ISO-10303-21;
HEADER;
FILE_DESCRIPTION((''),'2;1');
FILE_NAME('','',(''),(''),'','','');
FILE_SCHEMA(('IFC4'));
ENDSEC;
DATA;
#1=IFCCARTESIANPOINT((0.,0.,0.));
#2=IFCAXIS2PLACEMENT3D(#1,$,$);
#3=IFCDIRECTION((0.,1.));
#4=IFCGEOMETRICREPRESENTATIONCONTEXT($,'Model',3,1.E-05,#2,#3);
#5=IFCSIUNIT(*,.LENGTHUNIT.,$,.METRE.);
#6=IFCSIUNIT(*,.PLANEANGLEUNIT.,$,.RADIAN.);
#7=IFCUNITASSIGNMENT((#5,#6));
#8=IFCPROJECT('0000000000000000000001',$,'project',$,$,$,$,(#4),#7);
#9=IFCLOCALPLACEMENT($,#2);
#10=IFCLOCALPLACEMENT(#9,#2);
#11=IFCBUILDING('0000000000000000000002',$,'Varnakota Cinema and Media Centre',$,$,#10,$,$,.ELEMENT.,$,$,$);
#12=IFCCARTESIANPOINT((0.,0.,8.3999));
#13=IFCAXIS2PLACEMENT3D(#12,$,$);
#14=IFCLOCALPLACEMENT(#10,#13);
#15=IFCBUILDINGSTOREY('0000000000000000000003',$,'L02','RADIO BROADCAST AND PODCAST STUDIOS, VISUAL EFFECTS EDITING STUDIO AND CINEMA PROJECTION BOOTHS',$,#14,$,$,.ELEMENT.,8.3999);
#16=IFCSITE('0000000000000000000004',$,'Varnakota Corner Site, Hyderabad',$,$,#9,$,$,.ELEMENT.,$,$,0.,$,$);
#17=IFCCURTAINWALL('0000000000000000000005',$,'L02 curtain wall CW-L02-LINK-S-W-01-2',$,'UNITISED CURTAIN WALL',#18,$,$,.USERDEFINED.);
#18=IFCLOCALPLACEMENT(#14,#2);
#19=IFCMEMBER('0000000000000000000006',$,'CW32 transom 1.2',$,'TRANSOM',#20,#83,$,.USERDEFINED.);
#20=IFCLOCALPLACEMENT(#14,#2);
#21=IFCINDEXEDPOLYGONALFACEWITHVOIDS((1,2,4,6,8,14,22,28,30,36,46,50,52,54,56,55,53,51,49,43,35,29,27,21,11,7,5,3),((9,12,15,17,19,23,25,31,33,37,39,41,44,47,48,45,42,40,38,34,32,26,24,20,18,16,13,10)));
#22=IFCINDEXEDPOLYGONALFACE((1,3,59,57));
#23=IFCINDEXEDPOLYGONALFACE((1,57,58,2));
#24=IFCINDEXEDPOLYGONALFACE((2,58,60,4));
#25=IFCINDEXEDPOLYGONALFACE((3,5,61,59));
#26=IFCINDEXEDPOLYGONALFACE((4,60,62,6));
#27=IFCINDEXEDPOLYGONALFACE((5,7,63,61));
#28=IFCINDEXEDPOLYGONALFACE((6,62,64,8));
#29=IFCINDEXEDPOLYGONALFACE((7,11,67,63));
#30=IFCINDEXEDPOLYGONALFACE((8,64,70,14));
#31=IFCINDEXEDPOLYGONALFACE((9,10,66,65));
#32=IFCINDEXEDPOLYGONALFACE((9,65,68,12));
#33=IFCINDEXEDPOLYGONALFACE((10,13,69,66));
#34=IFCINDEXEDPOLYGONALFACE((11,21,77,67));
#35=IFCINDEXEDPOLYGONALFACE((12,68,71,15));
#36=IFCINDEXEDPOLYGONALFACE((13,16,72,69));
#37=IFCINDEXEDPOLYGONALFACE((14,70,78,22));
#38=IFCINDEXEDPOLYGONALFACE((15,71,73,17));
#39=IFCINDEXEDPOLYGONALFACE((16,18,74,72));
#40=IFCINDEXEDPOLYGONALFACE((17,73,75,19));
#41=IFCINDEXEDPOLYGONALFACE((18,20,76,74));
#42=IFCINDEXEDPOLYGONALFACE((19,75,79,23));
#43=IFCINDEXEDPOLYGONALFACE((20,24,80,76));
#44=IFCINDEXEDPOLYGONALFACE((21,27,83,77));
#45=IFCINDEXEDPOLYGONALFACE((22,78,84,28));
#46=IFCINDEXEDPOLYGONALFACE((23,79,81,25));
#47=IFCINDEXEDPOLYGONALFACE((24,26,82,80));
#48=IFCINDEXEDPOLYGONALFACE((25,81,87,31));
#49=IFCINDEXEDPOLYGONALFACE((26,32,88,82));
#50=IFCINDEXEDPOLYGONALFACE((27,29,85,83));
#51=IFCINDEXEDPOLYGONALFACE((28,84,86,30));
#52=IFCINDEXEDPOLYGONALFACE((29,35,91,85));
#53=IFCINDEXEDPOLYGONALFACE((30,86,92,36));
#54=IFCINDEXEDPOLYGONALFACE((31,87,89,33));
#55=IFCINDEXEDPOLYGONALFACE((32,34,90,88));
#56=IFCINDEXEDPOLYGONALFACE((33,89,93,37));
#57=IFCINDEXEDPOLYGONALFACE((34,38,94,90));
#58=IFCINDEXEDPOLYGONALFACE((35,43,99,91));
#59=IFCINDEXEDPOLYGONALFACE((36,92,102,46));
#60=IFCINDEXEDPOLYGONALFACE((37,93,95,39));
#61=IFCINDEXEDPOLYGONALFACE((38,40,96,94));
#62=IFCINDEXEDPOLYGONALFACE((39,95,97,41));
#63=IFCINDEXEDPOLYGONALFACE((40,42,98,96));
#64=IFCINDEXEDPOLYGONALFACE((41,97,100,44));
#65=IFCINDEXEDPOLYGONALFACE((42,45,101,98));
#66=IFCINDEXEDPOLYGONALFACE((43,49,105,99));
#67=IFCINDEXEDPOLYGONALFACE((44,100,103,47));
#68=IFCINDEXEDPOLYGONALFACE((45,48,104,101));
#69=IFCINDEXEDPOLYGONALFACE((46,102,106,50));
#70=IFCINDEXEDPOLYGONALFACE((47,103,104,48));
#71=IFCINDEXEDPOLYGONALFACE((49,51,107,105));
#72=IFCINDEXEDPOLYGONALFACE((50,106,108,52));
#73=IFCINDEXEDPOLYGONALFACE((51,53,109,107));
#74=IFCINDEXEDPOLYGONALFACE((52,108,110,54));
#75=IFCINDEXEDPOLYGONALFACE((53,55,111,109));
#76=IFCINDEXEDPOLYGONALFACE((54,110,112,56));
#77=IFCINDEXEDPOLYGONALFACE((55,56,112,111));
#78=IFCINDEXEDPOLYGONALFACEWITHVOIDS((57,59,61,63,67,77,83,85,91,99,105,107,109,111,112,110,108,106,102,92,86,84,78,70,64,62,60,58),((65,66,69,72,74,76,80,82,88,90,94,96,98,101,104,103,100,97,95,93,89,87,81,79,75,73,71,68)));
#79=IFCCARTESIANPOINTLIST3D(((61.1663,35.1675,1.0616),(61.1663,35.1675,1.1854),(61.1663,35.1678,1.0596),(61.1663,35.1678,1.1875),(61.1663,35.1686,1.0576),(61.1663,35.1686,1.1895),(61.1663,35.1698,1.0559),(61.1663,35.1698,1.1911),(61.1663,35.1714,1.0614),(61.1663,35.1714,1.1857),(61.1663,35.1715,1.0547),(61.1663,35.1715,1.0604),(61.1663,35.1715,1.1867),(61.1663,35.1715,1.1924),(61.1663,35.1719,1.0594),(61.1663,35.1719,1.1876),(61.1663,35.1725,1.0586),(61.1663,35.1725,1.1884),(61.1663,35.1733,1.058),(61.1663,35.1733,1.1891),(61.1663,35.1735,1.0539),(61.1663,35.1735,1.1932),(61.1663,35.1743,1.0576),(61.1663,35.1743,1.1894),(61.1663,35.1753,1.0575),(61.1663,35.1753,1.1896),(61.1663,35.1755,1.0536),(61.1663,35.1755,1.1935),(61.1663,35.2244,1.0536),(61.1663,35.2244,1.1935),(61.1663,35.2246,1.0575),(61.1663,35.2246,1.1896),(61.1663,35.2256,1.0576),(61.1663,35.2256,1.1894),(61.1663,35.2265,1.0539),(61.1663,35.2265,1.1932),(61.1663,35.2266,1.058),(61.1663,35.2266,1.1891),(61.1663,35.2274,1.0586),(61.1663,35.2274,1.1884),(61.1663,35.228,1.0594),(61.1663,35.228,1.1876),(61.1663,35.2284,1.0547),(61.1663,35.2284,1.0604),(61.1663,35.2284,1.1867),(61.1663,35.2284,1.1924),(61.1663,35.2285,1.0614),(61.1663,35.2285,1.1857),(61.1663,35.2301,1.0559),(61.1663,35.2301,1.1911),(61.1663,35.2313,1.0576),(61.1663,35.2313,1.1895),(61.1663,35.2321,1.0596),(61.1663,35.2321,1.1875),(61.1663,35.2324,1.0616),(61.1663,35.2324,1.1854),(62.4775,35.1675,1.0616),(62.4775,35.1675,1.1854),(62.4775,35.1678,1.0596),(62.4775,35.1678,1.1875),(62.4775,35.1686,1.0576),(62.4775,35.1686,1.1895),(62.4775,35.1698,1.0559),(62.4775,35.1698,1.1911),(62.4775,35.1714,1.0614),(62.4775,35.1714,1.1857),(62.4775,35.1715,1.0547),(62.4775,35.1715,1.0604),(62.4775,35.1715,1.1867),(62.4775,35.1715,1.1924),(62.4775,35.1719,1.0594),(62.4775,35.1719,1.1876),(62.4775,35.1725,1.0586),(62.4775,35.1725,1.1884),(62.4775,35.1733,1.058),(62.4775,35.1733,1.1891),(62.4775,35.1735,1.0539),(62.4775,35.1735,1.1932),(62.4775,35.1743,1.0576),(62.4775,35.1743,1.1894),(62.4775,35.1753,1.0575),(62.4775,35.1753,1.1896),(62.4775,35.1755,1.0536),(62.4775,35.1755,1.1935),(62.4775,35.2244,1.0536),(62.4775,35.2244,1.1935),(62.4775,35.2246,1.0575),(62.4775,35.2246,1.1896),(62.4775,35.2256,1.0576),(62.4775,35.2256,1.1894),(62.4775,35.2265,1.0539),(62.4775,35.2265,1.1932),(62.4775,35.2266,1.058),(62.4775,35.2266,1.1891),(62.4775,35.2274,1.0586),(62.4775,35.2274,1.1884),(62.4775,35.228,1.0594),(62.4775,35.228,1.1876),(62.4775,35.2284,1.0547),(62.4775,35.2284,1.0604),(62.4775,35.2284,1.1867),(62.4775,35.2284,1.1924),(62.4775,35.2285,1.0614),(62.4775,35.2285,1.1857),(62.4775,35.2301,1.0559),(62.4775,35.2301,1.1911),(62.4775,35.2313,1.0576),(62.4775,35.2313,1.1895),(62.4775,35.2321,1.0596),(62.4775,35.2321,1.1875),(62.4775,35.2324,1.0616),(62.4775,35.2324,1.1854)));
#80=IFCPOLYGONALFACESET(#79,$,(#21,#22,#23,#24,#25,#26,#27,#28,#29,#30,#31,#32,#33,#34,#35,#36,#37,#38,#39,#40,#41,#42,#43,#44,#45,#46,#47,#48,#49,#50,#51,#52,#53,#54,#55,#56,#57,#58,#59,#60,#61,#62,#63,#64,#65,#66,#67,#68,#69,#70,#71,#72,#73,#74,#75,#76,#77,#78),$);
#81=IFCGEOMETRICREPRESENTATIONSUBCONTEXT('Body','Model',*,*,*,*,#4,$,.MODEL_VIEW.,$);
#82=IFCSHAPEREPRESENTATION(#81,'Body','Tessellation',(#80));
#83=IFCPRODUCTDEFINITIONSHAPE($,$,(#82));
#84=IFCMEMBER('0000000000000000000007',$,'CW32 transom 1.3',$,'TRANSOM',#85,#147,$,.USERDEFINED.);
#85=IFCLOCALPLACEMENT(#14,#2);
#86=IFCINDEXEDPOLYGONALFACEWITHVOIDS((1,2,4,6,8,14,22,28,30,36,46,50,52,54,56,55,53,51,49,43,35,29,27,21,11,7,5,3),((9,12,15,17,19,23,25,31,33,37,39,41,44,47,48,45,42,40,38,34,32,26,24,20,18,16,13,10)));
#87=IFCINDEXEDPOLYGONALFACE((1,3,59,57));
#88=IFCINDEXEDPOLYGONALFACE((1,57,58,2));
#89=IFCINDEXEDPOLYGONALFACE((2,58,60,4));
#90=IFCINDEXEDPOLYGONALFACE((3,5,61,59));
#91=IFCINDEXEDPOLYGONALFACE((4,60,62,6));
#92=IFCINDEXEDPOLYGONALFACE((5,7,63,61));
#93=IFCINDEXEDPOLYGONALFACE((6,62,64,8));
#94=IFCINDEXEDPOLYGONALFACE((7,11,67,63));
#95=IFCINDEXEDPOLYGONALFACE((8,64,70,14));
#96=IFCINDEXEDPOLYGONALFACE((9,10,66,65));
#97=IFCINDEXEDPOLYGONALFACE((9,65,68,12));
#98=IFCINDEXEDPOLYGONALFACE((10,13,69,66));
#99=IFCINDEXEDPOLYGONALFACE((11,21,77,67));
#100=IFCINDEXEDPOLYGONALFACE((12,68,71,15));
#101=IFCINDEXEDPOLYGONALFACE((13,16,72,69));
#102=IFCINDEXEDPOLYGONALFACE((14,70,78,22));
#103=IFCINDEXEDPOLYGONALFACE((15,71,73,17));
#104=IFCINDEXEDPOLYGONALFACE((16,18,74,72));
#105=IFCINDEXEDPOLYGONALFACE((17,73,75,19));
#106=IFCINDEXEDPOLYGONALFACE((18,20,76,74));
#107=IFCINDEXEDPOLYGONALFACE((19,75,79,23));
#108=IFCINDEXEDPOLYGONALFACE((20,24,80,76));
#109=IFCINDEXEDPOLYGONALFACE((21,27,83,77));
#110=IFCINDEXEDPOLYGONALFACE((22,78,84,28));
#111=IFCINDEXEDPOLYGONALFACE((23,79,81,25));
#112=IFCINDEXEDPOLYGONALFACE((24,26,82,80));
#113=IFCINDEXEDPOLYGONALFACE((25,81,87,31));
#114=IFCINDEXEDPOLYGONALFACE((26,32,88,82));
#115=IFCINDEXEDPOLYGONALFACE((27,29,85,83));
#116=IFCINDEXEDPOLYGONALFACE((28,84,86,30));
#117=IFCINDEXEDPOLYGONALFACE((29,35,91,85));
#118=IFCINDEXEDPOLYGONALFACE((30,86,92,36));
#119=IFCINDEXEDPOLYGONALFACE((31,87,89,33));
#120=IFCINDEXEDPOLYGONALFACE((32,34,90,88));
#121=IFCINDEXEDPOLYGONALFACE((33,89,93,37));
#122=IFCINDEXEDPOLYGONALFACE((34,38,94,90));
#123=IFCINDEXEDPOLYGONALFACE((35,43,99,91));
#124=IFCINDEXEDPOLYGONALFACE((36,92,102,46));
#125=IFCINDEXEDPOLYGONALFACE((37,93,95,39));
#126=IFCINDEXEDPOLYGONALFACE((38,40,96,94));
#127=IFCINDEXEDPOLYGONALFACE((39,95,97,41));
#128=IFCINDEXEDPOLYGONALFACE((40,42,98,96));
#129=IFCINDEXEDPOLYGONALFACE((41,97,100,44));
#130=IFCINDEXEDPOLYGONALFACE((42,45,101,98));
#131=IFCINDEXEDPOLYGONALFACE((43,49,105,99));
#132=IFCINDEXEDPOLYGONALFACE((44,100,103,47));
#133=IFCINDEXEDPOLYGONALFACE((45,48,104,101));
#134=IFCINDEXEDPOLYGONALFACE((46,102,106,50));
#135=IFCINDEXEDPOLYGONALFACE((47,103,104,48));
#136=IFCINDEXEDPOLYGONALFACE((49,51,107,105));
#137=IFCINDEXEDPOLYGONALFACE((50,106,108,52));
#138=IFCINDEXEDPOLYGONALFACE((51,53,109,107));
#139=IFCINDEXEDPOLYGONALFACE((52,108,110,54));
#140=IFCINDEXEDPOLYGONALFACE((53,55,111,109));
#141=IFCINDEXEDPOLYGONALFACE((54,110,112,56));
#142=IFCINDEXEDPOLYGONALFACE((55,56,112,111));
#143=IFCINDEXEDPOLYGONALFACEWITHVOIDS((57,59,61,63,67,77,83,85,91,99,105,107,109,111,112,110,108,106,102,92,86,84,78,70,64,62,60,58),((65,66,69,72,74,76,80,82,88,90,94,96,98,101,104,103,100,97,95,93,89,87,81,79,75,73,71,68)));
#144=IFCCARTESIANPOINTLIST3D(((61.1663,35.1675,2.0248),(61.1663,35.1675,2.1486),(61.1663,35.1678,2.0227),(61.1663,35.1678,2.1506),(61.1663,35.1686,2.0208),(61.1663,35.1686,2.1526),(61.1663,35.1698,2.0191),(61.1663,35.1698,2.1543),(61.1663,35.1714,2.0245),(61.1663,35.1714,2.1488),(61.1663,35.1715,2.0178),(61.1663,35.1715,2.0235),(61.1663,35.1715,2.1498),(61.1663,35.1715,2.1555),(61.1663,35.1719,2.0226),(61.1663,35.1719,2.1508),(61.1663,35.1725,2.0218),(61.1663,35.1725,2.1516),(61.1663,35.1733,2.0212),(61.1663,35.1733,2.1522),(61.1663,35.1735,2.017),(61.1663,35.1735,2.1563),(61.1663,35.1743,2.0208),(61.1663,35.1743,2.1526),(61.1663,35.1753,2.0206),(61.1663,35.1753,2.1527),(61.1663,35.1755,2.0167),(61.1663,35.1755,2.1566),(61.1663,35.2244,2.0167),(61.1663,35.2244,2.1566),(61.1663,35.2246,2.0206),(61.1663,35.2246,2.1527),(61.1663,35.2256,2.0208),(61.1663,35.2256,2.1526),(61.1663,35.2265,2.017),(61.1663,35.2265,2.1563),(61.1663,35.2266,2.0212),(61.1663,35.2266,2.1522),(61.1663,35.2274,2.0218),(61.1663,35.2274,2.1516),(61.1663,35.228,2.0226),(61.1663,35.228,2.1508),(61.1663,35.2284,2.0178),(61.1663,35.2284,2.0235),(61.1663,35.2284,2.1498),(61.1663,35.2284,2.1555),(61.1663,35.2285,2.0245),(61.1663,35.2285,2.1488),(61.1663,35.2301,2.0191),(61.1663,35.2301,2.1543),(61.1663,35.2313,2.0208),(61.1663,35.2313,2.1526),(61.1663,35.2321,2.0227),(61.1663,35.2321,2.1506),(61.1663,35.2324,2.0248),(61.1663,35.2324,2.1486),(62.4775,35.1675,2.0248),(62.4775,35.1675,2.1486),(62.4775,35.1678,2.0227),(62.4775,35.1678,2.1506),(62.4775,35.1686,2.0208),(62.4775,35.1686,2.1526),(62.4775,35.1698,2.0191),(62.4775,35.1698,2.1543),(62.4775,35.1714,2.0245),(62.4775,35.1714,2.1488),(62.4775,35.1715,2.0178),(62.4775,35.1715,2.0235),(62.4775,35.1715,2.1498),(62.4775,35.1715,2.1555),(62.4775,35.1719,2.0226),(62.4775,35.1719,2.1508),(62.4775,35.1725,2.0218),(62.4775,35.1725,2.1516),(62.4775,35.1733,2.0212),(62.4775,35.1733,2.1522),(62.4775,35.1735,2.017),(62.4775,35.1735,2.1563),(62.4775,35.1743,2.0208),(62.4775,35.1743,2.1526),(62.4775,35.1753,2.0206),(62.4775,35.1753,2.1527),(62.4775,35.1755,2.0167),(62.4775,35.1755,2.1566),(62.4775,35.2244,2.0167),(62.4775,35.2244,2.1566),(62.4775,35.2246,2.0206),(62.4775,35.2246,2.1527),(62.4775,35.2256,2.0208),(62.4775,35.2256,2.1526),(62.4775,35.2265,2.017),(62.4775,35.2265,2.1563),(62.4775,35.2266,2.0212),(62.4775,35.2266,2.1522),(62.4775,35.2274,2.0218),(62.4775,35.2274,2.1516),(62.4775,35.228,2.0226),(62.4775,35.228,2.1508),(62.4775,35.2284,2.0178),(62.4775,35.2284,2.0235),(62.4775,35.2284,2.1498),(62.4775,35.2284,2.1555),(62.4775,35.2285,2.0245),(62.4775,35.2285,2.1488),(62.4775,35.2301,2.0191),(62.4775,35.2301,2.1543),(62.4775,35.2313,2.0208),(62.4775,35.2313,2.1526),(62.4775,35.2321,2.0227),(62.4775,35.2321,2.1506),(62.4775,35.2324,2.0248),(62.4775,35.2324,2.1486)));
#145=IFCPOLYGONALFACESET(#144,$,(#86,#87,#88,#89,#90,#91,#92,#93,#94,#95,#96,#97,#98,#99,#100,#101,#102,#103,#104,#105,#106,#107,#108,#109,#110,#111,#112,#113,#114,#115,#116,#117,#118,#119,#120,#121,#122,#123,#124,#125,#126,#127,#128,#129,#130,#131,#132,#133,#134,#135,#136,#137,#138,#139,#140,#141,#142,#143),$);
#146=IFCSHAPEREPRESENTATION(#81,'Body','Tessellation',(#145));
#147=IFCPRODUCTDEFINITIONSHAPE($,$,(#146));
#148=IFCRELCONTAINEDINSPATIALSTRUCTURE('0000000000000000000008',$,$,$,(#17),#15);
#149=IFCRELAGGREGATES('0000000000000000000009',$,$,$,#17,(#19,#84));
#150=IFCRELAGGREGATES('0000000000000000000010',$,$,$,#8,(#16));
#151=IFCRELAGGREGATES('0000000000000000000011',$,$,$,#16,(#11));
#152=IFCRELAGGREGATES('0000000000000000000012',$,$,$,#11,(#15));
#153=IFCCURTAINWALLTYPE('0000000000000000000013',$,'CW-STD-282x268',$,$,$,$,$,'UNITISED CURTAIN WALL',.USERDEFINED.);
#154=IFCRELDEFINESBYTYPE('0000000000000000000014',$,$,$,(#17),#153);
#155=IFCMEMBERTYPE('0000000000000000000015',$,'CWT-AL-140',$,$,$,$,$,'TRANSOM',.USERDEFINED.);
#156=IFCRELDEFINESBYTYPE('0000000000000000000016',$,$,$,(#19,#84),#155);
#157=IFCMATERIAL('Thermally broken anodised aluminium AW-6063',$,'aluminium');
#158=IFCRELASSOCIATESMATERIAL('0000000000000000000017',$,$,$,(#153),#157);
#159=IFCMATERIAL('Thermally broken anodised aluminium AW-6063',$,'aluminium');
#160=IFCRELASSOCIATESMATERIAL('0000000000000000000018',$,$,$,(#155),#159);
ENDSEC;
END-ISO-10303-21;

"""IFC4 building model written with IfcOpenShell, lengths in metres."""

from ifc_helpers import new_model, si_unit, direction, frame, origin, origin_2d, place, context, subcontext, project, spatial, hollow_rectangle, extrude, material, material_profile, profile_set, type_object, element, aggregate, save


model = new_model("IFC4")

# Units and contexts
model_context = context("Model", 3, precision=1e-05, world=origin(), true_north=direction((0.0, 1.0)))
body_context = subcontext(model_context, "Body", "Model", "MODEL_VIEW")
ifc_project = project(units=[si_unit("LENGTHUNIT", "METRE"), si_unit("PLANEANGLEUNIT", "RADIAN")], contexts=[model_context])

# Site, building, storey
site_placement = place(None, origin())
site = spatial("IfcSite", under=ifc_project, at=site_placement, Name="Varnakota Corner Site, Hyderabad", CompositionType="ELEMENT", RefElevation=0.0)
building_placement = place(site_placement, origin())
building = spatial("IfcBuilding", under=site, at=building_placement, Name="Varnakota Cinema and Media Centre", CompositionType="ELEMENT")
storey_placement = place(building_placement, frame((0.0, 0.0, 8.3999)))
storey = spatial("IfcBuildingStorey", under=building, at=storey_placement, Name="L02", Description="RADIO BROADCAST AND PODCAST STUDIOS, VISUAL EFFECTS EDITING STUDIO AND CINEMA PROJECTION BOOTHS", CompositionType="ELEMENT", Elevation=8.3999)

# Shared definitions
ifc_material_1 = material(Name="Thermally broken anodised aluminium AW-6063", Category="aluminium")
curtain_wall_type_1 = type_object("IfcCurtainWallType", Name="CW-STD-282x268", ElementType="UNITISED CURTAIN WALL", PredefinedType="USERDEFINED", material=ifc_material_1)

# Curtain wall
curtain_wall_1_placement = place(storey_placement, origin())
curtain_wall_1 = element("IfcCurtainWall", 1, at=curtain_wall_1_placement, inside=storey, type_object=curtain_wall_type_1, Name="L02 curtain wall CW-L02-LINK-S-W-01-2", ObjectType="UNITISED CURTAIN WALL", PredefinedType="USERDEFINED")

# Members
ifc_material_2 = material(Name="Thermally broken anodised aluminium AW-6063", Category="aluminium")
ifc_material_profile_1 = material_profile(ifc_material_2, hollow_rectangle(XDim=0.0649, YDim=0.1399, WallThickness=0.0039, InnerFilletRadius=0.0039, OuterFilletRadius=0.0081, at=origin_2d()), Name="AL-TRANSOM 140x65x4")
ifc_profile_set_1 = profile_set([ifc_material_profile_1], Name="Thermally broken anodised aluminium AW-6063")
member_type_1 = type_object("IfcMemberType", Name="CWT-AL-140", ElementType="TRANSOM", PredefinedType="USERDEFINED", material=ifc_profile_set_1)
member_1_placement = place(storey_placement, frame((62.4775, 35.2, 1.1235), z_axis=(-1.0, 0.0, 0.0), x_axis=(0.0, -1.0, 0.0)))
member_1 = element("IfcMember", 2, at=member_1_placement, type_object=member_type_1, Name="CW32 transom 1.2", ObjectType="TRANSOM", PredefinedType="USERDEFINED", context=body_context, shape_type="SweptSolid", body=[
    extrude(hollow_rectangle(XDim=0.0649, YDim=0.1399, WallThickness=0.0039, InnerFilletRadius=0.0039, OuterFilletRadius=0.0081, at=origin_2d()), origin(), (0.0, 0.0, 1.0), 1.3113),
])
member_2_placement = place(storey_placement, frame((62.4775, 35.2, 2.0867), z_axis=(-1.0, 0.0, 0.0), x_axis=(0.0, -1.0, 0.0)))
member_2 = element("IfcMember", 3, at=member_2_placement, type_object=member_type_1, Name="CW32 transom 1.3", ObjectType="TRANSOM", PredefinedType="USERDEFINED", context=body_context, shape_type="SweptSolid", body=[
    extrude(hollow_rectangle(XDim=0.0649, YDim=0.1399, WallThickness=0.0039, InnerFilletRadius=0.0039, OuterFilletRadius=0.0081, at=origin_2d()), origin(), (0.0, 0.0, 1.0), 1.3113),
])

aggregate(curtain_wall_1, [member_1, member_2])

save(model, "model.ifc")
